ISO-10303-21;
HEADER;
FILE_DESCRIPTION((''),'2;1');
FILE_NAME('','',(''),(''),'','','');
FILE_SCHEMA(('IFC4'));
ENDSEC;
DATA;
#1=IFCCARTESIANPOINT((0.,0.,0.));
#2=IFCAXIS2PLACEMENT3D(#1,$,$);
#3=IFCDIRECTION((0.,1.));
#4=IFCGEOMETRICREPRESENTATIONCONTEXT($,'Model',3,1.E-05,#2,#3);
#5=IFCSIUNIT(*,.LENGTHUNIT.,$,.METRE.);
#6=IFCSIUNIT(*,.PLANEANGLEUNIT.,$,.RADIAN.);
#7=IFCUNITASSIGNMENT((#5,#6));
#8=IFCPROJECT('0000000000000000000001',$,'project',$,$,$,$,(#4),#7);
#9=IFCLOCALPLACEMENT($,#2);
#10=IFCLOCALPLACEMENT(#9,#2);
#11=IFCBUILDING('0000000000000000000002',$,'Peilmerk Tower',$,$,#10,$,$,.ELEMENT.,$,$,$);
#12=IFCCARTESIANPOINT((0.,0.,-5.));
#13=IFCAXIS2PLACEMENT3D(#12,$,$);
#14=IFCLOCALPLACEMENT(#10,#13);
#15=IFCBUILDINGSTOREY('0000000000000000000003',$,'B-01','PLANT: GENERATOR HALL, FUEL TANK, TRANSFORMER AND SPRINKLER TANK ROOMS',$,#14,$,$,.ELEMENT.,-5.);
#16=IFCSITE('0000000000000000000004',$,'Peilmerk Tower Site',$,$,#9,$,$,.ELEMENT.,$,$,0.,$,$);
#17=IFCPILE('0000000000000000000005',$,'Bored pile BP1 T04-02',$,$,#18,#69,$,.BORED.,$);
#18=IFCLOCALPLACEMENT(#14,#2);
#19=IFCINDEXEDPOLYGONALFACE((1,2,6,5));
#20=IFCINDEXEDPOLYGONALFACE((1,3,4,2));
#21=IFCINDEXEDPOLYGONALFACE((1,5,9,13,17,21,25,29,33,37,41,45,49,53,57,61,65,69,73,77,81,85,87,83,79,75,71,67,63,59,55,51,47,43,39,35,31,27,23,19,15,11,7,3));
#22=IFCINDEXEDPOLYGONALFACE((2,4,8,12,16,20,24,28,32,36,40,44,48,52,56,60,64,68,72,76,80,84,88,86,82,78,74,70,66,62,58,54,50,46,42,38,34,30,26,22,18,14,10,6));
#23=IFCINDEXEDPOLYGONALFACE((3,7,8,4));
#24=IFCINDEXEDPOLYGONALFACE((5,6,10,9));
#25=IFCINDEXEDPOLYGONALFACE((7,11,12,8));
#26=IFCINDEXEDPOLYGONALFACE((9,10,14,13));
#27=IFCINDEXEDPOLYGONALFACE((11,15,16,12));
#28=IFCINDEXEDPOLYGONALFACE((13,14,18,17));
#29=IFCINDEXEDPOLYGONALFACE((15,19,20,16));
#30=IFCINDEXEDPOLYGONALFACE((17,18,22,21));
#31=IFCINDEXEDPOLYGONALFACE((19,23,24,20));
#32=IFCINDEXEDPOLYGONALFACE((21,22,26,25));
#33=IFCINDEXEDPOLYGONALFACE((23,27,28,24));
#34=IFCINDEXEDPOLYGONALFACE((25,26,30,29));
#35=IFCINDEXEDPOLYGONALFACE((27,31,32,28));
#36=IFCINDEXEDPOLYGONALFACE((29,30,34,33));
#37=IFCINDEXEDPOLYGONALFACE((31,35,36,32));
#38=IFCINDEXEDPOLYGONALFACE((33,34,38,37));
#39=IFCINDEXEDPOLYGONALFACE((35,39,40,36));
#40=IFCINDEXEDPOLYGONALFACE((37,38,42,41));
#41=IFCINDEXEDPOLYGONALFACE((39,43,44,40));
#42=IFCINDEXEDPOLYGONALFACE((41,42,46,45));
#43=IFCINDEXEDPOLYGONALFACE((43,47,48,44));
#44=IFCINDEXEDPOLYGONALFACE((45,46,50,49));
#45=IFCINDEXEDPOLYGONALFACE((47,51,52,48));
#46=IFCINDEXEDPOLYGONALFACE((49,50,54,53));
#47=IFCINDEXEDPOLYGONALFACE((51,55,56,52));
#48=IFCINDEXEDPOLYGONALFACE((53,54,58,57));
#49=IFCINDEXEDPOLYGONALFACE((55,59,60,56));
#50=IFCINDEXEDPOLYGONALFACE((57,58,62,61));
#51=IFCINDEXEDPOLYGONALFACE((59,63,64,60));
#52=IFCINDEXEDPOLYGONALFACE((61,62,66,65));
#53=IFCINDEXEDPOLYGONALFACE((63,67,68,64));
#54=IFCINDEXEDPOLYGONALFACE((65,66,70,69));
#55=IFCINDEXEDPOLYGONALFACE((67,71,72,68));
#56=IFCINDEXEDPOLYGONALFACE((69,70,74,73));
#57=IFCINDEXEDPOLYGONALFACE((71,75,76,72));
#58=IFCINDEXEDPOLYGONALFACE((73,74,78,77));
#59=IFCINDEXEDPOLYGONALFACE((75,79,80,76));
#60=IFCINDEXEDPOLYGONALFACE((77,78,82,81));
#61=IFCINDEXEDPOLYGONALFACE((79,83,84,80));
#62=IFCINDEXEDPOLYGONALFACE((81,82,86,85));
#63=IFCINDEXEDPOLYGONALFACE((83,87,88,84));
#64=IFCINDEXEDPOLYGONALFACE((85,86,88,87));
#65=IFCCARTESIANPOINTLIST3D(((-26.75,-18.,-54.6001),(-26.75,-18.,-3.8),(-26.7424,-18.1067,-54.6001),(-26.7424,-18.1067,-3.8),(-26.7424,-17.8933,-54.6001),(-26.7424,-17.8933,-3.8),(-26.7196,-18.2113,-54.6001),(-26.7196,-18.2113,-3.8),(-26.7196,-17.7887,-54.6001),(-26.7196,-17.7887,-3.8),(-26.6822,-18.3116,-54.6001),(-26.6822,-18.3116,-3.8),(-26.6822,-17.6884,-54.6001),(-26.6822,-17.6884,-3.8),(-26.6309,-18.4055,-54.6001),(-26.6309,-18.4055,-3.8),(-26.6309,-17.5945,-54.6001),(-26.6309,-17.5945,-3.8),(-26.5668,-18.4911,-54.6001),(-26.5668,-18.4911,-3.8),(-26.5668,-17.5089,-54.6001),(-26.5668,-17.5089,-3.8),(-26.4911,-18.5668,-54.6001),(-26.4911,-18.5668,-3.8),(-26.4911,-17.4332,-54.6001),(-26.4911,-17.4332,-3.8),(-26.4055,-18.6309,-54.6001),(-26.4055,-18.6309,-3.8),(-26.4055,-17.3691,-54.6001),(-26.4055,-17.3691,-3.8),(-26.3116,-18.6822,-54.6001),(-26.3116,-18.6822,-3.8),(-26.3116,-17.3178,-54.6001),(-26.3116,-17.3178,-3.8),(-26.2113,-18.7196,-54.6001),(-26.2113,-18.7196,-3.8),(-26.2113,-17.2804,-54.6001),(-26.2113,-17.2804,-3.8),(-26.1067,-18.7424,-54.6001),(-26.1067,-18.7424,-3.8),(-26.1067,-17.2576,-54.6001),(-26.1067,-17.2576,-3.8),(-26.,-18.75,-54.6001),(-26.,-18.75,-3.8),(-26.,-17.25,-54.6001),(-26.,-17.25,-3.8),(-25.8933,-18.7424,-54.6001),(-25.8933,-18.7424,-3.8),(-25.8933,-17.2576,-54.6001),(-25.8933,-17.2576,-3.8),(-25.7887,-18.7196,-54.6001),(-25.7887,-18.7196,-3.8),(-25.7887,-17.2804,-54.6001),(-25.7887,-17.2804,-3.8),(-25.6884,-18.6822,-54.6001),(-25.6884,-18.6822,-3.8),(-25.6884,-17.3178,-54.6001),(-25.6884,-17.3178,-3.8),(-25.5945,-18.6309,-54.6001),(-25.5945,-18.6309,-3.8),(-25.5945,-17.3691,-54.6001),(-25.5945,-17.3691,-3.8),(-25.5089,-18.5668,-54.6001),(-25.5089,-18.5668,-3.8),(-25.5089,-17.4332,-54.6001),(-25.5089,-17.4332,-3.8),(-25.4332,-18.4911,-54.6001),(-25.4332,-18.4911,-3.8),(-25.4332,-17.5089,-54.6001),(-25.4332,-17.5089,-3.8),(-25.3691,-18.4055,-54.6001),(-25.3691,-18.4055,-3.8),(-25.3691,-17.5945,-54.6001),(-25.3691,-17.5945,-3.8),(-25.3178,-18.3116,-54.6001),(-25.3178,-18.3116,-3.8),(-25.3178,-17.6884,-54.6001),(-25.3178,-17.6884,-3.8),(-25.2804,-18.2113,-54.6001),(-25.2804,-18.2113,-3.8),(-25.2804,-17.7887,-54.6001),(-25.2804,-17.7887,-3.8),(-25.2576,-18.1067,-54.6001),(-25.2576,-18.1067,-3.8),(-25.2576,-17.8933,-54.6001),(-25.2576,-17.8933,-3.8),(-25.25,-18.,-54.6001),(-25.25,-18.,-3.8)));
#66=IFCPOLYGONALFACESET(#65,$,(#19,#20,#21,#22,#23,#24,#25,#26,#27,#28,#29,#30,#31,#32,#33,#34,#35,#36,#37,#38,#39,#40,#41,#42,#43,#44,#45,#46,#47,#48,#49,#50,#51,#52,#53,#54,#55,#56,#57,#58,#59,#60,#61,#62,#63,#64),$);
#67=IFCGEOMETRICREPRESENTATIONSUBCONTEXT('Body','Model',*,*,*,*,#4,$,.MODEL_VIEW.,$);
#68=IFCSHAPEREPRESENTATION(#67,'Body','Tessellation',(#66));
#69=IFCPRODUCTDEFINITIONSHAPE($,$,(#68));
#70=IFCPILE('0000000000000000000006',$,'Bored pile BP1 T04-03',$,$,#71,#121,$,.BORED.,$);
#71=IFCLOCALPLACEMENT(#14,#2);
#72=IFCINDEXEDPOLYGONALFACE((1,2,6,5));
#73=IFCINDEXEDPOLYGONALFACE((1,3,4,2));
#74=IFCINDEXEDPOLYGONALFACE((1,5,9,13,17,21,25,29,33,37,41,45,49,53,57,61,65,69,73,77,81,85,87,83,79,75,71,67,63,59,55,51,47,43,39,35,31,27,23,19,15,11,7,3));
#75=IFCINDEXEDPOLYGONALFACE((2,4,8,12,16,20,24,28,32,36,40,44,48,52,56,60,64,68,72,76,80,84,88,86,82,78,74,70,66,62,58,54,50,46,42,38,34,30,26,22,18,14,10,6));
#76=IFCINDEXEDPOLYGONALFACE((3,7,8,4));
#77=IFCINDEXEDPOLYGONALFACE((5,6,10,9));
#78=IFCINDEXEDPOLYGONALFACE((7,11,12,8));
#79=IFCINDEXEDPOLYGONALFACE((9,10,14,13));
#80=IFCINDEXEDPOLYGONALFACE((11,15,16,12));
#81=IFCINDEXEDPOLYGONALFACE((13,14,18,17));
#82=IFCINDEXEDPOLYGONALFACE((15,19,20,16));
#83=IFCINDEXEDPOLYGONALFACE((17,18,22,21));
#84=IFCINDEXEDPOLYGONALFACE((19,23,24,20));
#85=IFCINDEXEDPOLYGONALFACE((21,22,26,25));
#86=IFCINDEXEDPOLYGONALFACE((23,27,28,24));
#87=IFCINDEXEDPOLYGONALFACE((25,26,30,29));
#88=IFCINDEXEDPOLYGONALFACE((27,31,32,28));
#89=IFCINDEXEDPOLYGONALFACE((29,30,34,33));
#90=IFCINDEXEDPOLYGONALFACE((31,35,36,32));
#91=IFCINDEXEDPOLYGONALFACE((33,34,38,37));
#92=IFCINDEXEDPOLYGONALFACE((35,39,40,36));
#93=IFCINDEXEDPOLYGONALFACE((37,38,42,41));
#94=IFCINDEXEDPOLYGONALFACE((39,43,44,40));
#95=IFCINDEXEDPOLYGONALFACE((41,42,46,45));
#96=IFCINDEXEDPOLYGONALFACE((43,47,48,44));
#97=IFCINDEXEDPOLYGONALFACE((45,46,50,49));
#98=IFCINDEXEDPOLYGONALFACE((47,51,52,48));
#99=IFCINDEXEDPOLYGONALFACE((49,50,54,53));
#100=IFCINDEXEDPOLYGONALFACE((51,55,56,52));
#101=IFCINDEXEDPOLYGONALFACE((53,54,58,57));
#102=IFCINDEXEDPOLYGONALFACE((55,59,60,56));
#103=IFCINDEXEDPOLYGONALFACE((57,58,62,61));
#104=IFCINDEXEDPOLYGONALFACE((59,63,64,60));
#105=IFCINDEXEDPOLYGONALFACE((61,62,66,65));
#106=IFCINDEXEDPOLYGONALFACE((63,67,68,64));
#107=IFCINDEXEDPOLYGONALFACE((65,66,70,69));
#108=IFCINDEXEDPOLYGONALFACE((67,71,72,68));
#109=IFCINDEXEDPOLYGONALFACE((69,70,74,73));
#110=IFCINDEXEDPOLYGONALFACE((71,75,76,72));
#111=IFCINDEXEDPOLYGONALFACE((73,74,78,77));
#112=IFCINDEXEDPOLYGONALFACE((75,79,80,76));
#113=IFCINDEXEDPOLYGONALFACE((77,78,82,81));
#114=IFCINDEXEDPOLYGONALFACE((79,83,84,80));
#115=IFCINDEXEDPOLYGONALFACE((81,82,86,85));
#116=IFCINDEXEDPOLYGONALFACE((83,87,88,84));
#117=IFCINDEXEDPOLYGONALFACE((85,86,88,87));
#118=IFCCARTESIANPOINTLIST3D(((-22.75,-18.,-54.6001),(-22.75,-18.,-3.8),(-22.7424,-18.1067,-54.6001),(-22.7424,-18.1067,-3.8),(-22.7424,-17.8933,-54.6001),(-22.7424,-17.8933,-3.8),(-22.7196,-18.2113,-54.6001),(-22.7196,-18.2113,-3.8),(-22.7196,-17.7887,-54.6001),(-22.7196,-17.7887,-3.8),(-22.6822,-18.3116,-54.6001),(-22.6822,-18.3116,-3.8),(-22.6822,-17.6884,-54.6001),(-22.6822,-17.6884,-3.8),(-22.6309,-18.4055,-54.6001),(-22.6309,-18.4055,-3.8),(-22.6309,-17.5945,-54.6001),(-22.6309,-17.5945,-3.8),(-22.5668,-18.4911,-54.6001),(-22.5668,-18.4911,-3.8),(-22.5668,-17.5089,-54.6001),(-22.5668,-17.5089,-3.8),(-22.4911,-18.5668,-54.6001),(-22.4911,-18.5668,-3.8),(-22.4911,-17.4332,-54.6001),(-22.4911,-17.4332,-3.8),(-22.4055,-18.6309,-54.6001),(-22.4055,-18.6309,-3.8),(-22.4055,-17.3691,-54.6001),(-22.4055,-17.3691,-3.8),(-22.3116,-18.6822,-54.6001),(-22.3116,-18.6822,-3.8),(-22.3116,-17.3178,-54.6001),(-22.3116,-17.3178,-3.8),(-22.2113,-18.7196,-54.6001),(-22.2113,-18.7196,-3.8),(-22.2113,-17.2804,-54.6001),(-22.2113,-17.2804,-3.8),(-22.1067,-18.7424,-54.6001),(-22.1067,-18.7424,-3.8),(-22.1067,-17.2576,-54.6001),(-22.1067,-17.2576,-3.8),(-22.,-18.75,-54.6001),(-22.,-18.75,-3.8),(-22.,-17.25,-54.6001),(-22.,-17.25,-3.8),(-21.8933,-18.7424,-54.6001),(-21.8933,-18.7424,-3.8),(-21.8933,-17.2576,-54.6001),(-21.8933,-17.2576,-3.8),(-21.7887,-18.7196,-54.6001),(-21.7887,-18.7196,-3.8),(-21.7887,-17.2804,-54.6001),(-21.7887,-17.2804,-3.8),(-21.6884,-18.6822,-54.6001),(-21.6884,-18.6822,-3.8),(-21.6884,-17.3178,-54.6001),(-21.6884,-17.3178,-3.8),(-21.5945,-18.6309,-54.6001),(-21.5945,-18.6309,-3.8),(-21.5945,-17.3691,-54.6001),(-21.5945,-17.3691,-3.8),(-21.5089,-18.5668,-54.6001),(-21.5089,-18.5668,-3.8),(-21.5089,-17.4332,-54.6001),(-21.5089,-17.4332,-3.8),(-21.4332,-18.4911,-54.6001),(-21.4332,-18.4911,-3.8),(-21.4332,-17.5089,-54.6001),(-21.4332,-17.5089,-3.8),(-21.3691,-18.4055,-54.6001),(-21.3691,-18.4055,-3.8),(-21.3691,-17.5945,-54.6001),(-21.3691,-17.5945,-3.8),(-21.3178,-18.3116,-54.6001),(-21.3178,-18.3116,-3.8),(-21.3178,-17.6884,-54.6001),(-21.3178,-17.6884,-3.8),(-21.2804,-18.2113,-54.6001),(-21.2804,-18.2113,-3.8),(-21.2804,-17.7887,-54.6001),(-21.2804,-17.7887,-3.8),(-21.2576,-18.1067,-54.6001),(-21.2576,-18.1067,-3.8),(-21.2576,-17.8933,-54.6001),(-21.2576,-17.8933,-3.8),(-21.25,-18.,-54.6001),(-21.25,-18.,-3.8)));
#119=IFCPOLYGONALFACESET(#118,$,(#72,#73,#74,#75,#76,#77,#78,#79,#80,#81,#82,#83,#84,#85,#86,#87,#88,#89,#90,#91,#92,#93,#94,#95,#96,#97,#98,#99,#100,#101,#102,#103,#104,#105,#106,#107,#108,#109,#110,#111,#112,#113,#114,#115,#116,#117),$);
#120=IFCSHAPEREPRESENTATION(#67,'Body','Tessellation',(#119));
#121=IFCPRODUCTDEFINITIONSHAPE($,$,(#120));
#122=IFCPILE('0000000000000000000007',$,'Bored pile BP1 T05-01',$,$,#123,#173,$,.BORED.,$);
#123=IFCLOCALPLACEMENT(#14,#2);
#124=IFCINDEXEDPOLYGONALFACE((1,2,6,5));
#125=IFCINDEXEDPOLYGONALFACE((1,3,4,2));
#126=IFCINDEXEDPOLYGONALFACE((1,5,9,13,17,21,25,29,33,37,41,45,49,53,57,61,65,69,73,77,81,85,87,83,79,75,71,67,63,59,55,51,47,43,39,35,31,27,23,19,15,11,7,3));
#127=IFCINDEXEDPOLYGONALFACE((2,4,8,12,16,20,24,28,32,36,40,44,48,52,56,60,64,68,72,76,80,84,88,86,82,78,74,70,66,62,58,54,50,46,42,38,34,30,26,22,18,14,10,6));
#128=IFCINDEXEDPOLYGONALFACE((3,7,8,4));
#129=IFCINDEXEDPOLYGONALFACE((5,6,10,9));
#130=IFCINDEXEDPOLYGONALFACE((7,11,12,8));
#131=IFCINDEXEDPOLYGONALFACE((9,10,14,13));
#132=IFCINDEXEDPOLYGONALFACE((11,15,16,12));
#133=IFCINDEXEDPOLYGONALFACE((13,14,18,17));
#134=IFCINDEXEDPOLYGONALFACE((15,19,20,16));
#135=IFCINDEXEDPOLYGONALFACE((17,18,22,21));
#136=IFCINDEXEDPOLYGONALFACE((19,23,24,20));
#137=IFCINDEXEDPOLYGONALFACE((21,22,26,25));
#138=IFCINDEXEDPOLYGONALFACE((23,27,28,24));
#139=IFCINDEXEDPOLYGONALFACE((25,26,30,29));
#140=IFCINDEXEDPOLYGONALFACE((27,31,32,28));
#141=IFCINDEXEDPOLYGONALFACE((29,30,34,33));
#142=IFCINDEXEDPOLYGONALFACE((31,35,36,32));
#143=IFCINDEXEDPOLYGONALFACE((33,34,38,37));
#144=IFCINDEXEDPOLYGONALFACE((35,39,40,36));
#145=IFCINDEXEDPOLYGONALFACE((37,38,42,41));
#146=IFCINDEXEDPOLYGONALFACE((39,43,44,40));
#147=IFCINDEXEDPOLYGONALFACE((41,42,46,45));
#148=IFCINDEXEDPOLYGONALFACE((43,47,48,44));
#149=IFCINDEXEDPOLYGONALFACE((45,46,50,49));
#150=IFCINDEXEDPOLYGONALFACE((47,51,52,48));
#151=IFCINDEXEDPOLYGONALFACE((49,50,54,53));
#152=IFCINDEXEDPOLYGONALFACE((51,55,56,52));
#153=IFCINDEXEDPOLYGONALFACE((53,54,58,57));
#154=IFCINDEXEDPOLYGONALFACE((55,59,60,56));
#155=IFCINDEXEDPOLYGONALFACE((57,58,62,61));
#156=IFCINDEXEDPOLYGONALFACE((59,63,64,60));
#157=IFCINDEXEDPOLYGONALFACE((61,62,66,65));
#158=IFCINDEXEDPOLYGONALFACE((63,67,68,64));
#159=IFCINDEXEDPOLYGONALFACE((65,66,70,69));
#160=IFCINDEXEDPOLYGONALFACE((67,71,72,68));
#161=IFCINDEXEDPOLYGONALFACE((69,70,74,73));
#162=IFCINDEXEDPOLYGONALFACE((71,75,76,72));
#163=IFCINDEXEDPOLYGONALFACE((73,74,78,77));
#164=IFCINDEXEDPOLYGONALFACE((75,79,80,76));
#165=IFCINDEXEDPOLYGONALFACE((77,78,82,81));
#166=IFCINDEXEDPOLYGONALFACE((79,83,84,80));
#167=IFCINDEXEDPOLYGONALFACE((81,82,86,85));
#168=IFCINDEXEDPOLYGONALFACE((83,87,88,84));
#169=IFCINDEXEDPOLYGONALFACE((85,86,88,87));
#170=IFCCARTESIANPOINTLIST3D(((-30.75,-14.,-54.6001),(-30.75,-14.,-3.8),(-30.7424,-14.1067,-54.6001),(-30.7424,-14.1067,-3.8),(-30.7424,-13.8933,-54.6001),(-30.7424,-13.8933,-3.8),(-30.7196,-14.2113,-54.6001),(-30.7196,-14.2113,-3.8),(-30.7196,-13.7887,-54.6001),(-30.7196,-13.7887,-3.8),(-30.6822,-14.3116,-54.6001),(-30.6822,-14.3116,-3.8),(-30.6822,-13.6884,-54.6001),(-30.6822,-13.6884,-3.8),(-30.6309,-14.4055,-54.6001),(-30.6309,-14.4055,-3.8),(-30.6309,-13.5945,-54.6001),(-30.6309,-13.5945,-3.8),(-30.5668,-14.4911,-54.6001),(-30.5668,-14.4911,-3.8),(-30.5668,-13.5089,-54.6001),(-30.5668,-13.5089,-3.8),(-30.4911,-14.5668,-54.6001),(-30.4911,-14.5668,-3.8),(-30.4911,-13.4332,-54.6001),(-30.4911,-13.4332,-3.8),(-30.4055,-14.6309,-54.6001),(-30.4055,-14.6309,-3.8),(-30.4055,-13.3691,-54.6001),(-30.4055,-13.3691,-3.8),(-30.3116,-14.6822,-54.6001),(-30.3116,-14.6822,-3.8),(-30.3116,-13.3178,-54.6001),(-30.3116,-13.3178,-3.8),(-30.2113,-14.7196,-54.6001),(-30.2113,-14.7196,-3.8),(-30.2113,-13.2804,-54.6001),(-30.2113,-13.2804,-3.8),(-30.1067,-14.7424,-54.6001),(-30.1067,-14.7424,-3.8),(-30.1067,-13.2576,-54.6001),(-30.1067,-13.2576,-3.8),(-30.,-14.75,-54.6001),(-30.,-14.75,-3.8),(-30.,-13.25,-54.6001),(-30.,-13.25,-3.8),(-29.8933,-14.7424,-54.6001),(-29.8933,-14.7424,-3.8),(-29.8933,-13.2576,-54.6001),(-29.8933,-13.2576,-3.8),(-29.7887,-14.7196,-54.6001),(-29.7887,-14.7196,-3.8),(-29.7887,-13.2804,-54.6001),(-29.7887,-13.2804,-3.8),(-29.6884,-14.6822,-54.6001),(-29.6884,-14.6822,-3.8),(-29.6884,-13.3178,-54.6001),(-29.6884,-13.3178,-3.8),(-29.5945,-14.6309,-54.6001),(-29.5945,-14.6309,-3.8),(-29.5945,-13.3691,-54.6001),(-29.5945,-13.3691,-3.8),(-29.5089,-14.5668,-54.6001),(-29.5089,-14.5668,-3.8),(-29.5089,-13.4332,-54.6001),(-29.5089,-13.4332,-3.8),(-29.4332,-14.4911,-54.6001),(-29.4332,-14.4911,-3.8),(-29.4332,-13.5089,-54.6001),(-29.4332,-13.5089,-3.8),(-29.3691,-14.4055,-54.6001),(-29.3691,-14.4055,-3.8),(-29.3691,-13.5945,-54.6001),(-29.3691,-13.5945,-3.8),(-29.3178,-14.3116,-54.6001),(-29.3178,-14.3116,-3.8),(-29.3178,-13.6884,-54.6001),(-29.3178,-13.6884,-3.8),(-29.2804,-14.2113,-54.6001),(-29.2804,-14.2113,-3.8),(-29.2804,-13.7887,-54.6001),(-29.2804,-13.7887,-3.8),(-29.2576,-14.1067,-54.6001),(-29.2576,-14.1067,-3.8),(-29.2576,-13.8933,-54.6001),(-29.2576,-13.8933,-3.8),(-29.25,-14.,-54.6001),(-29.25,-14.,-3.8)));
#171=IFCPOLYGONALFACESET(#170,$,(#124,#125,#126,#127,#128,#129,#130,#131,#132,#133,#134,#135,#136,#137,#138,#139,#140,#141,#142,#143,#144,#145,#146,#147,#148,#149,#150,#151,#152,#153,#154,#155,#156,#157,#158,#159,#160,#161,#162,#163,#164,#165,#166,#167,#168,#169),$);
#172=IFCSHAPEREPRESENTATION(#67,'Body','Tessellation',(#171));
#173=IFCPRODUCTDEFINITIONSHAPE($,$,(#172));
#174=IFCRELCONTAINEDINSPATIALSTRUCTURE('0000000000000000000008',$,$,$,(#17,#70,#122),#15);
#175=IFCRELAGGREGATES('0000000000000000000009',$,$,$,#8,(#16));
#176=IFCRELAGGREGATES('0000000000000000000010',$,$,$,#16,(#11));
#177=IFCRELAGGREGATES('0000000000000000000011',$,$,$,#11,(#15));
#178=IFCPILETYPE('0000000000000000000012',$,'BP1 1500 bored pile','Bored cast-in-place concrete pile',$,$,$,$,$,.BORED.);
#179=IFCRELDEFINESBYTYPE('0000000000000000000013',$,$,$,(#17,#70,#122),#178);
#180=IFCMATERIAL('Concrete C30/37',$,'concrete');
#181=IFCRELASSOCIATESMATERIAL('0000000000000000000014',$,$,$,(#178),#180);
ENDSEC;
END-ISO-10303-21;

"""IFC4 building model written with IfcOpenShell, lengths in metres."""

from ifc_helpers import new_model, si_unit, direction, frame, origin, origin_2d, place, context, subcontext, project, spatial, circle, extrude, material, material_profile, profile_set, type_object, element, save


model = new_model("IFC4")

# Units and contexts
model_context = context("Model", 3, precision=1e-05, world=origin(), true_north=direction((0.0, 1.0)))
body_context = subcontext(model_context, "Body", "Model", "MODEL_VIEW")
ifc_project = project(units=[si_unit("LENGTHUNIT", "METRE"), si_unit("PLANEANGLEUNIT", "RADIAN")], contexts=[model_context])

# Site, building, storey
site_placement = place(None, origin())
site = spatial("IfcSite", under=ifc_project, at=site_placement, Name="Peilmerk Tower Site", CompositionType="ELEMENT", RefElevation=0.0)
building_placement = place(site_placement, origin())
building = spatial("IfcBuilding", under=site, at=building_placement, Name="Peilmerk Tower", CompositionType="ELEMENT")
storey_placement = place(building_placement, frame((0.0, 0.0, -5.0)))
storey = spatial("IfcBuildingStorey", under=building, at=storey_placement, Name="B-01", Description="PLANT: GENERATOR HALL, FUEL TANK, TRANSFORMER AND SPRINKLER TANK ROOMS", CompositionType="ELEMENT", Elevation=-5.0)

# Piles
ifc_material_1 = material(Name="Concrete C30/37", Category="concrete")
ifc_material_profile_1 = material_profile(ifc_material_1, circle(Radius=0.75, at=origin_2d()), Name="BP 1500")
ifc_profile_set_1 = profile_set([ifc_material_profile_1], Name="Concrete C30/37")
pile_type_1 = type_object("IfcPileType", Name="BP1 1500 bored pile", Description="Bored cast-in-place concrete pile", PredefinedType="BORED", material=ifc_profile_set_1)
for number, where, z_axis, x_axis, name in (
    (1, (-26.0, -18.0, -3.8), (0.0, 0.0, -1.0), (1.0, 0.0, 0.0), "Bored pile BP1 T04-02"),
    (2, (-22.0, -18.0, -3.8), (0.0, 0.0, -1.0), (1.0, 0.0, 0.0), "Bored pile BP1 T04-03"),
    (3, (-30.0, -14.0, -3.8), (0.0, 0.0, -1.0), (1.0, 0.0, 0.0), "Bored pile BP1 T05-01"),
):
    element("IfcPile", number, at=place(storey_placement, frame(where, z_axis=z_axis, x_axis=x_axis)), inside=storey, type_object=pile_type_1, Name=name, PredefinedType="BORED", context=body_context, shape_type="SweptSolid", body=[
        extrude(circle(Radius=0.75, at=origin_2d()), origin(), (0.0, 0.0, 1.0), 50.8),
    ])

save(model, "model.ifc")
